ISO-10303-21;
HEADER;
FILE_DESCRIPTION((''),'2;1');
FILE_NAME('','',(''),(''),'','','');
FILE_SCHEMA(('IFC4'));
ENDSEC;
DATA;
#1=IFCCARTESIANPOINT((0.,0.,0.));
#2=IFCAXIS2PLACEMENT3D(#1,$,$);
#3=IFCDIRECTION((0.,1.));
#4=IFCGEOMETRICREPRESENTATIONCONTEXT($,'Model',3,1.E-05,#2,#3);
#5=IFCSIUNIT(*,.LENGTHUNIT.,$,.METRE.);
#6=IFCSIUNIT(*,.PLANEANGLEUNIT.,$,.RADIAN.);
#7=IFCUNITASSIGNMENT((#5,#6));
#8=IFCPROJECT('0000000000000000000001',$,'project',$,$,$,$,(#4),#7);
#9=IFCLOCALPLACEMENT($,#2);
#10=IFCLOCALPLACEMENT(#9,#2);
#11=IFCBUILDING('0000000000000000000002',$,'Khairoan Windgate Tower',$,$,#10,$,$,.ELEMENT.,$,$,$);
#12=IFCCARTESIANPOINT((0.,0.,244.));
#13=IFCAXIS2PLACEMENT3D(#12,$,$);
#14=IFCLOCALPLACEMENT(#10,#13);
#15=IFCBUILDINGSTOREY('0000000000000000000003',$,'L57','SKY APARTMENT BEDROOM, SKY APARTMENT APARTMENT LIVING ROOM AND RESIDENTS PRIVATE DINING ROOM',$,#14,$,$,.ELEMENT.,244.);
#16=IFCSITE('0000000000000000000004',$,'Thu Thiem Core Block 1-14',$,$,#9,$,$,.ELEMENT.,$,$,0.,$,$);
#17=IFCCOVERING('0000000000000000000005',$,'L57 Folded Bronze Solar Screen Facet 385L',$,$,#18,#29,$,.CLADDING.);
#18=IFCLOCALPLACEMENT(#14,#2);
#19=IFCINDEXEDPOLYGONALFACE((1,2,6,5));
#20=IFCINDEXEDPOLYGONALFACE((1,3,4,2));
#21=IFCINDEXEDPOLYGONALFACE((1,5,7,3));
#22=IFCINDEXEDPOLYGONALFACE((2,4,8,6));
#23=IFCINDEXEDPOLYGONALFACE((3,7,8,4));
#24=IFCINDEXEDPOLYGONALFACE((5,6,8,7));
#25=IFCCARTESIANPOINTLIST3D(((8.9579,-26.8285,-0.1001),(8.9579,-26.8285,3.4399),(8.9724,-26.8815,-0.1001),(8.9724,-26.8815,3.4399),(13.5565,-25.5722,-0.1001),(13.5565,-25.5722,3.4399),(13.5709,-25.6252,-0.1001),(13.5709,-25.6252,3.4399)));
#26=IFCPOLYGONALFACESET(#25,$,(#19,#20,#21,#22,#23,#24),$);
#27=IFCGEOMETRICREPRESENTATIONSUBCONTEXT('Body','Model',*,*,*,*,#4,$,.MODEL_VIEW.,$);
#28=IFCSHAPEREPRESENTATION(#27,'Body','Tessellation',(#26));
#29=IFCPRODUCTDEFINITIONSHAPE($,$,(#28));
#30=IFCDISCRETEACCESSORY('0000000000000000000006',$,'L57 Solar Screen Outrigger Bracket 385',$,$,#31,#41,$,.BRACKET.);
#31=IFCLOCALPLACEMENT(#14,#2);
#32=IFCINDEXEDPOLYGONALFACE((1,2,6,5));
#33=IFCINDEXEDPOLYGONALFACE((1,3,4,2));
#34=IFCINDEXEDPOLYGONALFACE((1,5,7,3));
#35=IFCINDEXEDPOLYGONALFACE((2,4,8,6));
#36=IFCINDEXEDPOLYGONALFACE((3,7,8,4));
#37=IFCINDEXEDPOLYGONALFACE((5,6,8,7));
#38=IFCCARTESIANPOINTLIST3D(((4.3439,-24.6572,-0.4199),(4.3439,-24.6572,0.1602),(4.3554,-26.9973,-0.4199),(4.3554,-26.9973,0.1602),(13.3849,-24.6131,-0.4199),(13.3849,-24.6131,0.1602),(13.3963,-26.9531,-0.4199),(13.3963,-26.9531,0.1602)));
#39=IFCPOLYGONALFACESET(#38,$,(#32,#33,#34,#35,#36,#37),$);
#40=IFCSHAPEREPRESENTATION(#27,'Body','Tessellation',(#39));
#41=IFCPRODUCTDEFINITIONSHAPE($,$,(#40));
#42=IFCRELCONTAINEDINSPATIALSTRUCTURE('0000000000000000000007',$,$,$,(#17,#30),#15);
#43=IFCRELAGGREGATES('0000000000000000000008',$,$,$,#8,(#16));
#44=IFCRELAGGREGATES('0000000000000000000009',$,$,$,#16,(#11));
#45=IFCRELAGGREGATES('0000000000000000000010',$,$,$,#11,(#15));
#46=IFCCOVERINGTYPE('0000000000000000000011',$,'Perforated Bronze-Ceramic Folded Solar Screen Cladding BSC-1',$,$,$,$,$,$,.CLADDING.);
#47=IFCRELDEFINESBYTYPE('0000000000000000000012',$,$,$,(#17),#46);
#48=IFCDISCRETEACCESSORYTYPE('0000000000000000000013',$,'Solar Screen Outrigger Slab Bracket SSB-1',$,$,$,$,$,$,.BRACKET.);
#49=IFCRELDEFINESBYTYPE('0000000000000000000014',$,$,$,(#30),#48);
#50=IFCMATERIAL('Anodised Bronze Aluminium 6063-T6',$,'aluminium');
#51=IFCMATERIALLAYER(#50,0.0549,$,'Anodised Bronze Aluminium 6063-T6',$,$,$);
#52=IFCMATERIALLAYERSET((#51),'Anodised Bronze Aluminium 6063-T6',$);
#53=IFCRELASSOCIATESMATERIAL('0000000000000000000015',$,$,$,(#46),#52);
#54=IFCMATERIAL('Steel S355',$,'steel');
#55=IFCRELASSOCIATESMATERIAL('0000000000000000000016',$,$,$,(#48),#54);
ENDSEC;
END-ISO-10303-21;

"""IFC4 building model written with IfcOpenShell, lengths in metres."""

from ifc_helpers import new_model, si_unit, direction, frame, origin, origin_2d, place, context, subcontext, project, spatial, rectangle, extrude, material, layer, layer_set, type_object, element, save


model = new_model("IFC4")

# Units and contexts
model_context = context("Model", 3, precision=1e-05, world=origin(), true_north=direction((0.0, 1.0)))
body_context = subcontext(model_context, "Body", "Model", "MODEL_VIEW")
ifc_project = project(units=[si_unit("LENGTHUNIT", "METRE"), si_unit("PLANEANGLEUNIT", "RADIAN")], contexts=[model_context])

# Site, building, storey
site_placement = place(None, origin())
site = spatial("IfcSite", under=ifc_project, at=site_placement, Name="Thu Thiem Core Block 1-14", CompositionType="ELEMENT", RefElevation=0.0)
building_placement = place(site_placement, origin())
building = spatial("IfcBuilding", under=site, at=building_placement, Name="Khairoan Windgate Tower", CompositionType="ELEMENT")
storey_placement = place(building_placement, frame((0.0, 0.0, 244.0)))
storey = spatial("IfcBuildingStorey", under=building, at=storey_placement, Name="L57", Description="SKY APARTMENT BEDROOM, SKY APARTMENT APARTMENT LIVING ROOM AND RESIDENTS PRIVATE DINING ROOM", CompositionType="ELEMENT", Elevation=244.0)

# Covering
ifc_material_1 = material(Name="Anodised Bronze Aluminium 6063-T6", Category="aluminium")
ifc_layer_1 = layer(ifc_material_1, 0.0549, Name="Anodised Bronze Aluminium 6063-T6")
ifc_layer_set_1 = layer_set([ifc_layer_1], Name="Anodised Bronze Aluminium 6063-T6")
covering_type = type_object("IfcCoveringType", Name="Perforated Bronze-Ceramic Folded Solar Screen Cladding BSC-1", PredefinedType="CLADDING", material=ifc_layer_set_1)
covering_placement = place(storey_placement, frame((11.2644, -26.2268, -0.1001), z_axis=(0.0, 0.0, 1.0), x_axis=(-0.964649, -0.263536, 0.0)))
element("IfcCovering", 1, at=covering_placement, inside=storey, type_object=covering_type, Name="L57 Folded Bronze Solar Screen Facet 385L", PredefinedType="CLADDING", context=body_context, shape_type="SweptSolid", body=[
    extrude(rectangle(XDim=4.7671, YDim=0.0549, at=origin_2d()), origin(), (0.0, 0.0, 1.0), 3.54),
])

# Discrete accessory
ifc_material_2 = material(Name="Steel S355", Category="steel")
discrete_accessory_type = type_object("IfcDiscreteAccessoryType", Name="Solar Screen Outrigger Slab Bracket SSB-1", PredefinedType="BRACKET", material=ifc_material_2)
discrete_accessory_placement = place(storey_placement, frame((8.8701, -25.8052, -0.4199), z_axis=(0.0, 0.0, 1.0), x_axis=(-0.999988, -0.004887, 0.0)))
element("IfcDiscreteAccessory", 2, at=discrete_accessory_placement, inside=storey, type_object=discrete_accessory_type, Name="L57 Solar Screen Outrigger Bracket 385", PredefinedType="BRACKET", context=body_context, shape_type="SweptSolid", body=[
    extrude(rectangle(XDim=9.041, YDim=2.3401, at=origin_2d()), origin(), (0.0, 0.0, 1.0), 0.5801),
])

save(model, "model.ifc")
